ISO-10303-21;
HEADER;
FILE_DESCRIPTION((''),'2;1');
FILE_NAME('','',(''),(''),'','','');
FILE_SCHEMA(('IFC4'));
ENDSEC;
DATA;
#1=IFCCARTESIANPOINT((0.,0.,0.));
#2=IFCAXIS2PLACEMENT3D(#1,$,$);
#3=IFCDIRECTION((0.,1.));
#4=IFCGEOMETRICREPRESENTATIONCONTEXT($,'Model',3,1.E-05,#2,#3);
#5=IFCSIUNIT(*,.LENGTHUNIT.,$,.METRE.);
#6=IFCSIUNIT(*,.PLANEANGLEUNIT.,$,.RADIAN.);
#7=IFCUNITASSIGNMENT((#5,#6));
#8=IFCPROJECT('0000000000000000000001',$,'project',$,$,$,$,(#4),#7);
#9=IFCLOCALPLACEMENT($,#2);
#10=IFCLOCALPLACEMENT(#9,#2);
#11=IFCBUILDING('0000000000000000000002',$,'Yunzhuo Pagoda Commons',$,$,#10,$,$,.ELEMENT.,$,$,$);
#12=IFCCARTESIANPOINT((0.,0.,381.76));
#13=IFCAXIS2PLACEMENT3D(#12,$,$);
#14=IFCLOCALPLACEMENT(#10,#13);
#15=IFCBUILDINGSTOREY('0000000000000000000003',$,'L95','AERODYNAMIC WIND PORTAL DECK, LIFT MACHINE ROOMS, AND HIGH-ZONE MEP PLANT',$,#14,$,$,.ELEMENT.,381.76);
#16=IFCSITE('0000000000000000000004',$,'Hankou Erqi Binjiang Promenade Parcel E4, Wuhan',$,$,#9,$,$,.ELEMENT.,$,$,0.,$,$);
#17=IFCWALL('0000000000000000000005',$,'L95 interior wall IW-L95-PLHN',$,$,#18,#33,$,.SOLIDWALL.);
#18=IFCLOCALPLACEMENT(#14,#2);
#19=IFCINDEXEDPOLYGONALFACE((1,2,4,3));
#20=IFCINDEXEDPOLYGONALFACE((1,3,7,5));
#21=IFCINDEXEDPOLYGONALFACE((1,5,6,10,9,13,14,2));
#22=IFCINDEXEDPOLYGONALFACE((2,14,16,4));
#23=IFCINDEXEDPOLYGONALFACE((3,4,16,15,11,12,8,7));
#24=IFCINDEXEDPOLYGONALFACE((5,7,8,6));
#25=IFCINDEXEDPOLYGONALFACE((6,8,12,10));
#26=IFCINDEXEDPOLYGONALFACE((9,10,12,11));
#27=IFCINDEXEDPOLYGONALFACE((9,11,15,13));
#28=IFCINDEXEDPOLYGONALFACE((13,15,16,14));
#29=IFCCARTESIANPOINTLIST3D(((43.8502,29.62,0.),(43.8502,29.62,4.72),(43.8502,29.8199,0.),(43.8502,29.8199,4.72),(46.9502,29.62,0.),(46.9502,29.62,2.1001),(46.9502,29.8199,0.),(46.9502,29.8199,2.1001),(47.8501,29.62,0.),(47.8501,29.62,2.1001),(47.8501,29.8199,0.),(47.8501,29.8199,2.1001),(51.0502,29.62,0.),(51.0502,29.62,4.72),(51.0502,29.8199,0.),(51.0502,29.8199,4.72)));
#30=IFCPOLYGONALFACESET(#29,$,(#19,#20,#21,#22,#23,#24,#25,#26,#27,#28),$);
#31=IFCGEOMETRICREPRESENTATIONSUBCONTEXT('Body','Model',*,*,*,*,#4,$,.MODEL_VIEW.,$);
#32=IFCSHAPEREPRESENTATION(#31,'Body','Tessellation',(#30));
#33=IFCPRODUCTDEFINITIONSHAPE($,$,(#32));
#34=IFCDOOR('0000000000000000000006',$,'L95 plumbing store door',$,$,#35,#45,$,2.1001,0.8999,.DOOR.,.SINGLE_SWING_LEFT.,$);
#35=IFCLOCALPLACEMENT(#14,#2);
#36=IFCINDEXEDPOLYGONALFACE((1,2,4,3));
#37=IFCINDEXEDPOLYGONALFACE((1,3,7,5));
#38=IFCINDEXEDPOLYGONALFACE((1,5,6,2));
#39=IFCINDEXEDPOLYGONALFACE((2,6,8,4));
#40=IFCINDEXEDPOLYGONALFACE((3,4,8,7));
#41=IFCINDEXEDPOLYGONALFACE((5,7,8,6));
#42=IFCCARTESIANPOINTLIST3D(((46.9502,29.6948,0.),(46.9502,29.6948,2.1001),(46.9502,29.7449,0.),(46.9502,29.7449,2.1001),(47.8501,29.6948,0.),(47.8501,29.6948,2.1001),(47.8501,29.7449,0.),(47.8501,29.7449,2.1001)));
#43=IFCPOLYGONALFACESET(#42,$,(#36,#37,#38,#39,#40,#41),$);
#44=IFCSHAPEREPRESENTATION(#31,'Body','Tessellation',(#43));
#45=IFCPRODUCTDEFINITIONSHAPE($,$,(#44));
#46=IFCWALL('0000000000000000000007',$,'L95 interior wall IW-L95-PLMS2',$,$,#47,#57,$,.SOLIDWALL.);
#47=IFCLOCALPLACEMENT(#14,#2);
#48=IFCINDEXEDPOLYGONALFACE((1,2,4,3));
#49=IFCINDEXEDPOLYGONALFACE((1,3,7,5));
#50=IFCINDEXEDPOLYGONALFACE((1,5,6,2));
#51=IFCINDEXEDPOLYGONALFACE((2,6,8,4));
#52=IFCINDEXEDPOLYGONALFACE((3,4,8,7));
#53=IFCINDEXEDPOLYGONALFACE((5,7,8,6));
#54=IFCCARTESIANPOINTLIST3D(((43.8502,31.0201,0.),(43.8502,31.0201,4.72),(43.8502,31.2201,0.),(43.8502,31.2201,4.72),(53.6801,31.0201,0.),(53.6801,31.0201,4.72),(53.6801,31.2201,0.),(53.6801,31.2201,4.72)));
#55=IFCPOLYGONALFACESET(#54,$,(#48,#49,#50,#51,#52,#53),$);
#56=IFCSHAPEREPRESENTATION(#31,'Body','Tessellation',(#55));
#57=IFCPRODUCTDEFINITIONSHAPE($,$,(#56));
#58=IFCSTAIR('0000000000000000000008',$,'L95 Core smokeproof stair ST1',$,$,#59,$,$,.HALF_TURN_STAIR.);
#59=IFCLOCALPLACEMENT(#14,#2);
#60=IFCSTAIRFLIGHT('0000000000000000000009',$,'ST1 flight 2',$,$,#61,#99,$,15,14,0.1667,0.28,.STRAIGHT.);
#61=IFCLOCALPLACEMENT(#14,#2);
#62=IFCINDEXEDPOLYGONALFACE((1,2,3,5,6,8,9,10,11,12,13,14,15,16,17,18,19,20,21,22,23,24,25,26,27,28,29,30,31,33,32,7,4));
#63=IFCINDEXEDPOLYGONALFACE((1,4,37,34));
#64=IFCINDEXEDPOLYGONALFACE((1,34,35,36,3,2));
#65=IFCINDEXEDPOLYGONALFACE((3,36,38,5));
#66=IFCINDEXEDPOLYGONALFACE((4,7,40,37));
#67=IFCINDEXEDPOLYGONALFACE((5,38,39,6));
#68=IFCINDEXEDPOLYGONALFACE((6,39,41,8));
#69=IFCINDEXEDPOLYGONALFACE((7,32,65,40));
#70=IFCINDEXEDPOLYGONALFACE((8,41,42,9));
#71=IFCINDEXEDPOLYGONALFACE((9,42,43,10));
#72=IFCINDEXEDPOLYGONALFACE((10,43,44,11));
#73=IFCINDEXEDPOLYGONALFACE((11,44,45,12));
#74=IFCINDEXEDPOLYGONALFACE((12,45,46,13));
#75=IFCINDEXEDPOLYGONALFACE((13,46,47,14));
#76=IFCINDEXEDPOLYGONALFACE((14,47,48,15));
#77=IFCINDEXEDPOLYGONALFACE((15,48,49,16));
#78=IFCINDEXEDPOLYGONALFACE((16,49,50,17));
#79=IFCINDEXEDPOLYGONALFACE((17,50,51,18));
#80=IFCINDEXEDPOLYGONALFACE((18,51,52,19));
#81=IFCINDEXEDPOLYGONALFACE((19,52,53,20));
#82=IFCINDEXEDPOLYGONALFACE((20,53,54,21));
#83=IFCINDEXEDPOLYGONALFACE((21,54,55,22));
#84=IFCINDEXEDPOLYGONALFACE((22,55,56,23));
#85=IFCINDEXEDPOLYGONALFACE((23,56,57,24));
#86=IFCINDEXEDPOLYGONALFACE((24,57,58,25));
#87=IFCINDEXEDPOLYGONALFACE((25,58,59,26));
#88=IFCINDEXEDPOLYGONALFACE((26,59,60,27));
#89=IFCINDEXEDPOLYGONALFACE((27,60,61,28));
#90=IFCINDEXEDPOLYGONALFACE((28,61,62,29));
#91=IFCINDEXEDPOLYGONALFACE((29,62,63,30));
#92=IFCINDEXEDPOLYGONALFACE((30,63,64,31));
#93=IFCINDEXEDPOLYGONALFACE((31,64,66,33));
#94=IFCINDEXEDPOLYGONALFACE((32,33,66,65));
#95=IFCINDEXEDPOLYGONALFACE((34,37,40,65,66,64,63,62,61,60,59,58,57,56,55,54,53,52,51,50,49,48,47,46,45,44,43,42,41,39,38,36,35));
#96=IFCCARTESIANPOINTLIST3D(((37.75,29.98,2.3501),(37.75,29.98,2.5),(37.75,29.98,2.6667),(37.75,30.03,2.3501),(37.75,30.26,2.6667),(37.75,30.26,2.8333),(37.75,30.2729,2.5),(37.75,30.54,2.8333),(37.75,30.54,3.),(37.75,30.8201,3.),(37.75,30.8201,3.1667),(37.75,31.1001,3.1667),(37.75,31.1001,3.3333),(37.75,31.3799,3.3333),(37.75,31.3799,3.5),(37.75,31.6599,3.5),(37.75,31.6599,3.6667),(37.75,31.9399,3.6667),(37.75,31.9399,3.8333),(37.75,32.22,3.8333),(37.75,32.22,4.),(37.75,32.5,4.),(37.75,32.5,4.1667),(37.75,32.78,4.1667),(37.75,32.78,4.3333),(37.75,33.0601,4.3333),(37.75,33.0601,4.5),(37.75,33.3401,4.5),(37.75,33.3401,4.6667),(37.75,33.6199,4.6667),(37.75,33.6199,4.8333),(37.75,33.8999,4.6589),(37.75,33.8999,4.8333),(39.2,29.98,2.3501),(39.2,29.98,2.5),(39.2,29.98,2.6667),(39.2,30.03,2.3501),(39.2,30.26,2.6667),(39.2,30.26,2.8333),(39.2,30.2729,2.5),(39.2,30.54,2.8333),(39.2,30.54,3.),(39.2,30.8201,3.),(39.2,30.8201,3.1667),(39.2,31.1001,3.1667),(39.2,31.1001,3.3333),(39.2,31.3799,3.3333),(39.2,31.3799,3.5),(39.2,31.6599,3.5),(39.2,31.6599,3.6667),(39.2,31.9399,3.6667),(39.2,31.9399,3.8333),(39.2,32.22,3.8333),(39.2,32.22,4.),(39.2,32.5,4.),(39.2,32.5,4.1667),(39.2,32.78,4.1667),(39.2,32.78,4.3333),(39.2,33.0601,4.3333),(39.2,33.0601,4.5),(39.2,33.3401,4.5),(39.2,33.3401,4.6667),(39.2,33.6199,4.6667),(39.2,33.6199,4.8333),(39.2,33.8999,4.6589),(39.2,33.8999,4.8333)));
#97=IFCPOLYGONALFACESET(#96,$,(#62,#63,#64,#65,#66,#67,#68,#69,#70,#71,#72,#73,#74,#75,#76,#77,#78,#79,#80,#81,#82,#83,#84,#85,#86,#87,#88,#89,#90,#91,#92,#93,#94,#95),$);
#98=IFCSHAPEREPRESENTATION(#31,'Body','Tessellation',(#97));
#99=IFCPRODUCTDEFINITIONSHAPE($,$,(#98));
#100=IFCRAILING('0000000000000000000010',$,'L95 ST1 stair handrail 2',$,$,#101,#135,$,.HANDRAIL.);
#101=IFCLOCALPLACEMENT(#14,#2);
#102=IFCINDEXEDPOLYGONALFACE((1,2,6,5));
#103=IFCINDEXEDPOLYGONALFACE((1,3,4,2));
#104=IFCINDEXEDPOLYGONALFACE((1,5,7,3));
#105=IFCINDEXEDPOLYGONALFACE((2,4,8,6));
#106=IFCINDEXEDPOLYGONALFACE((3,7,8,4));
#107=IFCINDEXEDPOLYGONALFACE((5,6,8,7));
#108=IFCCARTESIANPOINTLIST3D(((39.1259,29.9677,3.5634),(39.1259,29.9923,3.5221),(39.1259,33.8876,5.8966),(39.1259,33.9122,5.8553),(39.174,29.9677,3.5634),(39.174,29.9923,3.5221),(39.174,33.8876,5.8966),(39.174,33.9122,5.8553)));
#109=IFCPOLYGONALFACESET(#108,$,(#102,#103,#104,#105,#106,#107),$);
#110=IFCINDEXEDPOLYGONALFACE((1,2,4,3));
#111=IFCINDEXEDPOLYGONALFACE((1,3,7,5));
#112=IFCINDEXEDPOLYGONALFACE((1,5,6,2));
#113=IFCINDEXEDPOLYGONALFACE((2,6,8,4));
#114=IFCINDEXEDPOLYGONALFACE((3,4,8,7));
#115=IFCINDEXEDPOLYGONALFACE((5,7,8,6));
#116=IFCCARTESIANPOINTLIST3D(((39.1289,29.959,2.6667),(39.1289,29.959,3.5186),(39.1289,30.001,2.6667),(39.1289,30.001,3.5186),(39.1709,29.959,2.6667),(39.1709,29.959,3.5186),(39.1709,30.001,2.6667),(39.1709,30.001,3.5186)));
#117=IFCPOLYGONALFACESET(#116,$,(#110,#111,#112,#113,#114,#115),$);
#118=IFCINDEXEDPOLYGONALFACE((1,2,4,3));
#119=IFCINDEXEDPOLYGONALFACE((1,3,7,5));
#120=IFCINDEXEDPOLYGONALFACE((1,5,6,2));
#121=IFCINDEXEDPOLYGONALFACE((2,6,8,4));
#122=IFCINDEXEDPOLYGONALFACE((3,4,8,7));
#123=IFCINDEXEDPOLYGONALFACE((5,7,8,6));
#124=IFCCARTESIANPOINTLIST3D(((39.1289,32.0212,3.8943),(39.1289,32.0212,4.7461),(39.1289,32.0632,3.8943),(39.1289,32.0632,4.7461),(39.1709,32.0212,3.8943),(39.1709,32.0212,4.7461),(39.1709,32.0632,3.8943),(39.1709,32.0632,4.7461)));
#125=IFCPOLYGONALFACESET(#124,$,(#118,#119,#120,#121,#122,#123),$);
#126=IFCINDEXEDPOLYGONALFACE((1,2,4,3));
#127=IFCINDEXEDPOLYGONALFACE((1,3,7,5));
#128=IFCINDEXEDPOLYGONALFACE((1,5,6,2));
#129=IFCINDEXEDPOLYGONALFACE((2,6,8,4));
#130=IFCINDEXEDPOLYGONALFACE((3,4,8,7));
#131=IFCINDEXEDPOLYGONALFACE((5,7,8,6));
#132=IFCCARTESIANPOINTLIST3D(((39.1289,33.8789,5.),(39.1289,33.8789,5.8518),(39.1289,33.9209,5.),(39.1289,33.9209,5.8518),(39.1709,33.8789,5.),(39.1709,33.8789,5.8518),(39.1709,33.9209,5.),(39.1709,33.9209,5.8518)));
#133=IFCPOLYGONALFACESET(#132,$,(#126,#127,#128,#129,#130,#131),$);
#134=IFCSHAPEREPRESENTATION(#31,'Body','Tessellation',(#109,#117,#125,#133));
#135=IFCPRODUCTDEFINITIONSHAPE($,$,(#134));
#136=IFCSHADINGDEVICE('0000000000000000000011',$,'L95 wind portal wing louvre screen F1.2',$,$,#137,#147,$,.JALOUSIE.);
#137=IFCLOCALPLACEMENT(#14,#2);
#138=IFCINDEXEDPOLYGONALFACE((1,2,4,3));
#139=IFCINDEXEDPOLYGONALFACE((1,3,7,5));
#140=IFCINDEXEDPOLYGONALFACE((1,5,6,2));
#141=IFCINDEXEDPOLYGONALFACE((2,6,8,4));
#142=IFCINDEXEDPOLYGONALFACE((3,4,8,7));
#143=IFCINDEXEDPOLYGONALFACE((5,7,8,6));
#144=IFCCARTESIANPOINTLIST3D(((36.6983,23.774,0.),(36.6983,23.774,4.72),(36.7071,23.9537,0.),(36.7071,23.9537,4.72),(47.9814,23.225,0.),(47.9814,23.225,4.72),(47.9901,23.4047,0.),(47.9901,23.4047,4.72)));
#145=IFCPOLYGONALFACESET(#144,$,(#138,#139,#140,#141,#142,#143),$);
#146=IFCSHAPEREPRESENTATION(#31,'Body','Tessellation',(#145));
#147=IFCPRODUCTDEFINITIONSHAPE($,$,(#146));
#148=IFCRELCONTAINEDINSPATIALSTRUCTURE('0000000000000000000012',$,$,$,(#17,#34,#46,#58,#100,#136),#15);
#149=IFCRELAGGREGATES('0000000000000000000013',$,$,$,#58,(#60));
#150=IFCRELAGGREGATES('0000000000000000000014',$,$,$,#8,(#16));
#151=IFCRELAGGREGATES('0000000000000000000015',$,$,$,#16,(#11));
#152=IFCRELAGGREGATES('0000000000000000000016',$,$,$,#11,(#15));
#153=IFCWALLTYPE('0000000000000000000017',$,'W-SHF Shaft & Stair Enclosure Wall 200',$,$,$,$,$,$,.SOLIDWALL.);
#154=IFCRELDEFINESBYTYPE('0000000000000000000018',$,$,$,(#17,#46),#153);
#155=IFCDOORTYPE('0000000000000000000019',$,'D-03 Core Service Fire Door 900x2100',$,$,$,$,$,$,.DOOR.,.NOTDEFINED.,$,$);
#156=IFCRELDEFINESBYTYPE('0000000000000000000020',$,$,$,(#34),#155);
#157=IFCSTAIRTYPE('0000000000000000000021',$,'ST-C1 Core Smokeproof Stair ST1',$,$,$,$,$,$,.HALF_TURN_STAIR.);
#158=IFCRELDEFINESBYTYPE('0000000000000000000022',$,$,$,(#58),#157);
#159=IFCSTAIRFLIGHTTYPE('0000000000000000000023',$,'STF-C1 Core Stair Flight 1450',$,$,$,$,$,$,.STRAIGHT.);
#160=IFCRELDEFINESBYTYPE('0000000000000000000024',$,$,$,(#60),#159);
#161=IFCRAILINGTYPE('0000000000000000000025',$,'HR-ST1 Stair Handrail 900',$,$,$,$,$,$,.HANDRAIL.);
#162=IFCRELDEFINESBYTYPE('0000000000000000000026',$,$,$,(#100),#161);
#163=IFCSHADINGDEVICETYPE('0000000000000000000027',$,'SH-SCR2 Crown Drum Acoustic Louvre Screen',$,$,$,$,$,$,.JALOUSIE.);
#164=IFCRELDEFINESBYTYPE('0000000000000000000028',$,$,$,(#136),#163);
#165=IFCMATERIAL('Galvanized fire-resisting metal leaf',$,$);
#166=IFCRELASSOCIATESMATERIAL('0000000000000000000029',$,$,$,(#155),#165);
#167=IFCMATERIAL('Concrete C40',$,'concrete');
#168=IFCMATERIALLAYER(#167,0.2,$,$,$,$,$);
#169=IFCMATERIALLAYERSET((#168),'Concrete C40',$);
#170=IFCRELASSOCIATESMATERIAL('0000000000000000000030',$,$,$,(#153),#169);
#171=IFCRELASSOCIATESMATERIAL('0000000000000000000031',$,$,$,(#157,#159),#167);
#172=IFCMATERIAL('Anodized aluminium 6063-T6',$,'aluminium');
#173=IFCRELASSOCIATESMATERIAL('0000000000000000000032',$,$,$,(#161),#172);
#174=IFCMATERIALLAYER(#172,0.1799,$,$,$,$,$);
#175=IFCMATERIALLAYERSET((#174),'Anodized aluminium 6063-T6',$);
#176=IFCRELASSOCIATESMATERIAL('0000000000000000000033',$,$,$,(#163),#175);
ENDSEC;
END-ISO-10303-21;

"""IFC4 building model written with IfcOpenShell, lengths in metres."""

from ifc_helpers import new_model, si_unit, direction, frame, frame_2d, origin, origin_with_axes, origin_2d, place, context, subcontext, project, spatial, polyline, rectangle, outline, extrude, source, transform, mapped, material, layer, layer_set, type_object, element, fill, aggregate, save


model = new_model("IFC4")

# Units and contexts
model_context = context("Model", 3, precision=1e-05, world=origin(), true_north=direction((0.0, 1.0)))
body_context = subcontext(model_context, "Body", "Model", "MODEL_VIEW")
ifc_project = project(units=[si_unit("LENGTHUNIT", "METRE"), si_unit("PLANEANGLEUNIT", "RADIAN")], contexts=[model_context])

# Site, building, storey
site_placement = place(None, origin())
site = spatial("IfcSite", under=ifc_project, at=site_placement, Name="Hankou Erqi Binjiang Promenade Parcel E4, Wuhan", CompositionType="ELEMENT", RefElevation=0.0)
building_placement = place(site_placement, origin())
building = spatial("IfcBuilding", under=site, at=building_placement, Name="Yunzhuo Pagoda Commons", CompositionType="ELEMENT")
storey_placement = place(building_placement, frame((0.0, 0.0, 381.76)))
storey = spatial("IfcBuildingStorey", under=building, at=storey_placement, Name="L95", Description="AERODYNAMIC WIND PORTAL DECK, LIFT MACHINE ROOMS, AND HIGH-ZONE MEP PLANT", CompositionType="ELEMENT", Elevation=381.76)

# Shared definitions
ifc_material_1 = material(Name="Galvanized fire-resisting metal leaf")
door_type_1 = type_object("IfcDoorType", Name="D-03 Core Service Fire Door 900x2100", OperationType="NOTDEFINED", PredefinedType="DOOR", material=ifc_material_1)
shared_shape_1 = source(origin(), body_context, "Body", "SweptSolid", [
    extrude(rectangle(XDim=0.8999, YDim=2.1001, at=frame_2d((0.45, 1.05))), frame((0.0, 0.0249, 0.0), z_axis=(0.0, -1.0, 0.0), x_axis=(1.0, 0.0, 0.0)), (0.0, 0.0, 1.0), 0.05),
])

# Shared definitions
ifc_material_2 = material(Name="Concrete C40", Category="concrete")
ifc_layer_1 = layer(ifc_material_2, 0.2)
ifc_layer_set_1 = layer_set([ifc_layer_1], Name="Concrete C40")
wall_type_1 = type_object("IfcWallType", Name="W-SHF Shaft & Stair Enclosure Wall 200", PredefinedType="SOLIDWALL", material=ifc_layer_set_1)

# Wall, opening, door
wall_1_placement = place(storey_placement, frame((43.8501, 29.72, 0.0), z_axis=(0.0, 0.0, 1.0), x_axis=(1.0, 0.0, 0.0)))
wall_1 = element("IfcWall", 1, at=wall_1_placement, inside=storey, type_object=wall_type_1, Name="L95 interior wall IW-L95-PLHN", PredefinedType="SOLIDWALL", context=body_context, shape_type="SweptSolid", body=[
    extrude(rectangle(XDim=7.2, YDim=0.2, at=frame_2d((3.6001, 0.0))), origin(), (0.0, 0.0, 1.0), 4.72),
])
opening_1_placement = place(wall_1_placement, frame((3.1001, 0.0, 0.0)))
opening_1 = element("IfcOpeningElement", 2, at=opening_1_placement, cuts=wall_1, PredefinedType="OPENING", context=body_context, shape_type="SweptSolid", body=[
    extrude(rectangle(XDim=0.8999, YDim=2.1001, at=frame_2d((0.45, 1.05))), frame((0.0, 0.1099, 0.0), z_axis=(0.0, -1.0, 0.0), x_axis=(1.0, 0.0, 0.0)), (0.0, 0.0, 1.0), 0.22),
])
door_1_placement = place(opening_1_placement, origin_with_axes())
door_1 = element("IfcDoor", 3, at=door_1_placement, inside=storey, type_object=door_type_1, Name="L95 plumbing store door", OperationType="SINGLE_SWING_LEFT", OverallHeight=2.1001, OverallWidth=0.8999, PredefinedType="DOOR", context=body_context, shape_type="MappedRepresentation", body=[
    mapped(shared_shape_1, transform((0.0, 0.0, 0.0), scale=1.0)),
])
fill(opening_1, door_1)

# Wall
wall_2_placement = place(storey_placement, frame((43.8501, 31.1201, 0.0), z_axis=(0.0, 0.0, 1.0), x_axis=(1.0, 0.0, 0.0)))
element("IfcWall", 4, at=wall_2_placement, inside=storey, type_object=wall_type_1, Name="L95 interior wall IW-L95-PLMS2", PredefinedType="SOLIDWALL", context=body_context, shape_type="SweptSolid", body=[
    extrude(rectangle(XDim=9.8298, YDim=0.2, at=frame_2d((4.915, 0.0))), origin(), (0.0, 0.0, 1.0), 4.72),
])

# Stair, stair flight
stair_type = type_object("IfcStairType", Name="ST-C1 Core Smokeproof Stair ST1", PredefinedType="HALF_TURN_STAIR", material=ifc_material_2)
stair_placement = place(storey_placement, origin())
stair = element("IfcStair", 5, at=stair_placement, inside=storey, type_object=stair_type, Name="L95 Core smokeproof stair ST1", PredefinedType="HALF_TURN_STAIR")
stair_flight_type = type_object("IfcStairFlightType", Name="STF-C1 Core Stair Flight 1450", PredefinedType="STRAIGHT", material=ifc_material_2)
shared_shape_2 = source(origin(), body_context, "Body", "SweptSolid", [
    extrude(outline(polyline([(0.0, -0.1499), (0.0, 0.0), (0.0, 0.1667), (0.28, 0.1667), (0.28, 0.3333), (0.5601, 0.3333), (0.5601, 0.5), (0.8401, 0.5), (0.8401, 0.6667), (1.1201, 0.6667), (1.1201, 0.8333), (1.3999, 0.8333), (1.3999, 1.0), (1.6799, 1.0), (1.6799, 1.1667), (1.96, 1.1667), (1.96, 1.3333), (2.24, 1.3333), (2.24, 1.5), (2.52, 1.5), (2.52, 1.6667), (2.8, 1.6667), (2.8, 1.8333), (3.0801, 1.8333), (3.0801, 2.0), (3.3601, 2.0), (3.3601, 2.1667), (3.6399, 2.1667), (3.6399, 2.3333), (3.9199, 2.3333), (3.9199, 2.5), (3.9199, 2.1589), (0.293, 0.0), (0.05, -0.1499), (0.0, -0.1499)])), frame((0.0, 0.7251, 0.0), z_axis=(0.0, -1.0, 0.0), x_axis=(1.0, 0.0, 0.0)), (0.0, 0.0, 1.0), 1.45),
])
stair_flight_placement = place(storey_placement, frame((38.4751, 29.98, 2.5), z_axis=(0.0, 0.0, 1.0), x_axis=(0.0, 1.0, 0.0)))
stair_flight = element("IfcStairFlight", 6, at=stair_flight_placement, type_object=stair_flight_type, Name="ST1 flight 2", NumberOfRisers=15, NumberOfTreads=14, PredefinedType="STRAIGHT", RiserHeight=0.1667, TreadLength=0.28, context=body_context, shape_type="MappedRepresentation", body=[
    mapped(shared_shape_2, transform((0.0, 0.0, 0.0), scale=1.0)),
])
aggregate(stair, [stair_flight])

# Railing
ifc_material_3 = material(Name="Anodized aluminium 6063-T6", Category="aluminium")
railing_type = type_object("IfcRailingType", Name="HR-ST1 Stair Handrail 900", PredefinedType="HANDRAIL", material=ifc_material_3)
railing_placement = place(storey_placement, frame((39.1499, 29.98, 2.6667)))
element("IfcRailing", 7, at=railing_placement, inside=storey, type_object=railing_type, Name="L95 ST1 stair handrail 2", PredefinedType="HANDRAIL", context=body_context, shape_type="SweptSolid", body=[
    extrude(rectangle(XDim=0.0481, YDim=0.0481, at=origin_2d()), frame((0.0, 0.0, 0.876), z_axis=(0.0, 0.859296, 0.511478), x_axis=(-1.0, 0.0, 0.0)), (0.0, 0.0, 1.0), 4.5618),
    extrude(rectangle(XDim=0.042, YDim=0.042, at=origin_2d()), origin(), (0.0, 0.0, 1.0), 0.8518),
    extrude(rectangle(XDim=0.042, YDim=0.042, at=origin_2d()), frame((0.0, 2.0623, 1.2275)), (0.0, 0.0, 1.0), 0.8518),
    extrude(rectangle(XDim=0.042, YDim=0.042, at=origin_2d()), frame((0.0, 3.9199, 2.3333)), (0.0, 0.0, 1.0), 0.8518),
])

# Shading device
ifc_layer_2 = layer(ifc_material_3, 0.1799)
ifc_layer_set_2 = layer_set([ifc_layer_2], Name="Anodized aluminium 6063-T6")
shading_device_type = type_object("IfcShadingDeviceType", Name="SH-SCR2 Crown Drum Acoustic Louvre Screen", PredefinedType="JALOUSIE", material=ifc_layer_set_2)
shared_shape_3 = source(origin(), body_context, "Body", "SweptSolid", [
    extrude(rectangle(XDim=11.2964, YDim=0.1799, at=origin_2d()), origin(), (0.0, 0.0, 1.0), 4.72),
])
shading_device_placement = place(storey_placement, frame((42.3442, 23.5894, 0.0), z_axis=(0.0, 0.0, 1.0), x_axis=(0.998818, -0.048606, 0.0)))
element("IfcShadingDevice", 8, at=shading_device_placement, inside=storey, type_object=shading_device_type, Name="L95 wind portal wing louvre screen F1.2", PredefinedType="JALOUSIE", context=body_context, shape_type="MappedRepresentation", body=[
    mapped(shared_shape_3, transform((0.0, 0.0, 0.0), scale=1.0)),
])

save(model, "model.ifc")
